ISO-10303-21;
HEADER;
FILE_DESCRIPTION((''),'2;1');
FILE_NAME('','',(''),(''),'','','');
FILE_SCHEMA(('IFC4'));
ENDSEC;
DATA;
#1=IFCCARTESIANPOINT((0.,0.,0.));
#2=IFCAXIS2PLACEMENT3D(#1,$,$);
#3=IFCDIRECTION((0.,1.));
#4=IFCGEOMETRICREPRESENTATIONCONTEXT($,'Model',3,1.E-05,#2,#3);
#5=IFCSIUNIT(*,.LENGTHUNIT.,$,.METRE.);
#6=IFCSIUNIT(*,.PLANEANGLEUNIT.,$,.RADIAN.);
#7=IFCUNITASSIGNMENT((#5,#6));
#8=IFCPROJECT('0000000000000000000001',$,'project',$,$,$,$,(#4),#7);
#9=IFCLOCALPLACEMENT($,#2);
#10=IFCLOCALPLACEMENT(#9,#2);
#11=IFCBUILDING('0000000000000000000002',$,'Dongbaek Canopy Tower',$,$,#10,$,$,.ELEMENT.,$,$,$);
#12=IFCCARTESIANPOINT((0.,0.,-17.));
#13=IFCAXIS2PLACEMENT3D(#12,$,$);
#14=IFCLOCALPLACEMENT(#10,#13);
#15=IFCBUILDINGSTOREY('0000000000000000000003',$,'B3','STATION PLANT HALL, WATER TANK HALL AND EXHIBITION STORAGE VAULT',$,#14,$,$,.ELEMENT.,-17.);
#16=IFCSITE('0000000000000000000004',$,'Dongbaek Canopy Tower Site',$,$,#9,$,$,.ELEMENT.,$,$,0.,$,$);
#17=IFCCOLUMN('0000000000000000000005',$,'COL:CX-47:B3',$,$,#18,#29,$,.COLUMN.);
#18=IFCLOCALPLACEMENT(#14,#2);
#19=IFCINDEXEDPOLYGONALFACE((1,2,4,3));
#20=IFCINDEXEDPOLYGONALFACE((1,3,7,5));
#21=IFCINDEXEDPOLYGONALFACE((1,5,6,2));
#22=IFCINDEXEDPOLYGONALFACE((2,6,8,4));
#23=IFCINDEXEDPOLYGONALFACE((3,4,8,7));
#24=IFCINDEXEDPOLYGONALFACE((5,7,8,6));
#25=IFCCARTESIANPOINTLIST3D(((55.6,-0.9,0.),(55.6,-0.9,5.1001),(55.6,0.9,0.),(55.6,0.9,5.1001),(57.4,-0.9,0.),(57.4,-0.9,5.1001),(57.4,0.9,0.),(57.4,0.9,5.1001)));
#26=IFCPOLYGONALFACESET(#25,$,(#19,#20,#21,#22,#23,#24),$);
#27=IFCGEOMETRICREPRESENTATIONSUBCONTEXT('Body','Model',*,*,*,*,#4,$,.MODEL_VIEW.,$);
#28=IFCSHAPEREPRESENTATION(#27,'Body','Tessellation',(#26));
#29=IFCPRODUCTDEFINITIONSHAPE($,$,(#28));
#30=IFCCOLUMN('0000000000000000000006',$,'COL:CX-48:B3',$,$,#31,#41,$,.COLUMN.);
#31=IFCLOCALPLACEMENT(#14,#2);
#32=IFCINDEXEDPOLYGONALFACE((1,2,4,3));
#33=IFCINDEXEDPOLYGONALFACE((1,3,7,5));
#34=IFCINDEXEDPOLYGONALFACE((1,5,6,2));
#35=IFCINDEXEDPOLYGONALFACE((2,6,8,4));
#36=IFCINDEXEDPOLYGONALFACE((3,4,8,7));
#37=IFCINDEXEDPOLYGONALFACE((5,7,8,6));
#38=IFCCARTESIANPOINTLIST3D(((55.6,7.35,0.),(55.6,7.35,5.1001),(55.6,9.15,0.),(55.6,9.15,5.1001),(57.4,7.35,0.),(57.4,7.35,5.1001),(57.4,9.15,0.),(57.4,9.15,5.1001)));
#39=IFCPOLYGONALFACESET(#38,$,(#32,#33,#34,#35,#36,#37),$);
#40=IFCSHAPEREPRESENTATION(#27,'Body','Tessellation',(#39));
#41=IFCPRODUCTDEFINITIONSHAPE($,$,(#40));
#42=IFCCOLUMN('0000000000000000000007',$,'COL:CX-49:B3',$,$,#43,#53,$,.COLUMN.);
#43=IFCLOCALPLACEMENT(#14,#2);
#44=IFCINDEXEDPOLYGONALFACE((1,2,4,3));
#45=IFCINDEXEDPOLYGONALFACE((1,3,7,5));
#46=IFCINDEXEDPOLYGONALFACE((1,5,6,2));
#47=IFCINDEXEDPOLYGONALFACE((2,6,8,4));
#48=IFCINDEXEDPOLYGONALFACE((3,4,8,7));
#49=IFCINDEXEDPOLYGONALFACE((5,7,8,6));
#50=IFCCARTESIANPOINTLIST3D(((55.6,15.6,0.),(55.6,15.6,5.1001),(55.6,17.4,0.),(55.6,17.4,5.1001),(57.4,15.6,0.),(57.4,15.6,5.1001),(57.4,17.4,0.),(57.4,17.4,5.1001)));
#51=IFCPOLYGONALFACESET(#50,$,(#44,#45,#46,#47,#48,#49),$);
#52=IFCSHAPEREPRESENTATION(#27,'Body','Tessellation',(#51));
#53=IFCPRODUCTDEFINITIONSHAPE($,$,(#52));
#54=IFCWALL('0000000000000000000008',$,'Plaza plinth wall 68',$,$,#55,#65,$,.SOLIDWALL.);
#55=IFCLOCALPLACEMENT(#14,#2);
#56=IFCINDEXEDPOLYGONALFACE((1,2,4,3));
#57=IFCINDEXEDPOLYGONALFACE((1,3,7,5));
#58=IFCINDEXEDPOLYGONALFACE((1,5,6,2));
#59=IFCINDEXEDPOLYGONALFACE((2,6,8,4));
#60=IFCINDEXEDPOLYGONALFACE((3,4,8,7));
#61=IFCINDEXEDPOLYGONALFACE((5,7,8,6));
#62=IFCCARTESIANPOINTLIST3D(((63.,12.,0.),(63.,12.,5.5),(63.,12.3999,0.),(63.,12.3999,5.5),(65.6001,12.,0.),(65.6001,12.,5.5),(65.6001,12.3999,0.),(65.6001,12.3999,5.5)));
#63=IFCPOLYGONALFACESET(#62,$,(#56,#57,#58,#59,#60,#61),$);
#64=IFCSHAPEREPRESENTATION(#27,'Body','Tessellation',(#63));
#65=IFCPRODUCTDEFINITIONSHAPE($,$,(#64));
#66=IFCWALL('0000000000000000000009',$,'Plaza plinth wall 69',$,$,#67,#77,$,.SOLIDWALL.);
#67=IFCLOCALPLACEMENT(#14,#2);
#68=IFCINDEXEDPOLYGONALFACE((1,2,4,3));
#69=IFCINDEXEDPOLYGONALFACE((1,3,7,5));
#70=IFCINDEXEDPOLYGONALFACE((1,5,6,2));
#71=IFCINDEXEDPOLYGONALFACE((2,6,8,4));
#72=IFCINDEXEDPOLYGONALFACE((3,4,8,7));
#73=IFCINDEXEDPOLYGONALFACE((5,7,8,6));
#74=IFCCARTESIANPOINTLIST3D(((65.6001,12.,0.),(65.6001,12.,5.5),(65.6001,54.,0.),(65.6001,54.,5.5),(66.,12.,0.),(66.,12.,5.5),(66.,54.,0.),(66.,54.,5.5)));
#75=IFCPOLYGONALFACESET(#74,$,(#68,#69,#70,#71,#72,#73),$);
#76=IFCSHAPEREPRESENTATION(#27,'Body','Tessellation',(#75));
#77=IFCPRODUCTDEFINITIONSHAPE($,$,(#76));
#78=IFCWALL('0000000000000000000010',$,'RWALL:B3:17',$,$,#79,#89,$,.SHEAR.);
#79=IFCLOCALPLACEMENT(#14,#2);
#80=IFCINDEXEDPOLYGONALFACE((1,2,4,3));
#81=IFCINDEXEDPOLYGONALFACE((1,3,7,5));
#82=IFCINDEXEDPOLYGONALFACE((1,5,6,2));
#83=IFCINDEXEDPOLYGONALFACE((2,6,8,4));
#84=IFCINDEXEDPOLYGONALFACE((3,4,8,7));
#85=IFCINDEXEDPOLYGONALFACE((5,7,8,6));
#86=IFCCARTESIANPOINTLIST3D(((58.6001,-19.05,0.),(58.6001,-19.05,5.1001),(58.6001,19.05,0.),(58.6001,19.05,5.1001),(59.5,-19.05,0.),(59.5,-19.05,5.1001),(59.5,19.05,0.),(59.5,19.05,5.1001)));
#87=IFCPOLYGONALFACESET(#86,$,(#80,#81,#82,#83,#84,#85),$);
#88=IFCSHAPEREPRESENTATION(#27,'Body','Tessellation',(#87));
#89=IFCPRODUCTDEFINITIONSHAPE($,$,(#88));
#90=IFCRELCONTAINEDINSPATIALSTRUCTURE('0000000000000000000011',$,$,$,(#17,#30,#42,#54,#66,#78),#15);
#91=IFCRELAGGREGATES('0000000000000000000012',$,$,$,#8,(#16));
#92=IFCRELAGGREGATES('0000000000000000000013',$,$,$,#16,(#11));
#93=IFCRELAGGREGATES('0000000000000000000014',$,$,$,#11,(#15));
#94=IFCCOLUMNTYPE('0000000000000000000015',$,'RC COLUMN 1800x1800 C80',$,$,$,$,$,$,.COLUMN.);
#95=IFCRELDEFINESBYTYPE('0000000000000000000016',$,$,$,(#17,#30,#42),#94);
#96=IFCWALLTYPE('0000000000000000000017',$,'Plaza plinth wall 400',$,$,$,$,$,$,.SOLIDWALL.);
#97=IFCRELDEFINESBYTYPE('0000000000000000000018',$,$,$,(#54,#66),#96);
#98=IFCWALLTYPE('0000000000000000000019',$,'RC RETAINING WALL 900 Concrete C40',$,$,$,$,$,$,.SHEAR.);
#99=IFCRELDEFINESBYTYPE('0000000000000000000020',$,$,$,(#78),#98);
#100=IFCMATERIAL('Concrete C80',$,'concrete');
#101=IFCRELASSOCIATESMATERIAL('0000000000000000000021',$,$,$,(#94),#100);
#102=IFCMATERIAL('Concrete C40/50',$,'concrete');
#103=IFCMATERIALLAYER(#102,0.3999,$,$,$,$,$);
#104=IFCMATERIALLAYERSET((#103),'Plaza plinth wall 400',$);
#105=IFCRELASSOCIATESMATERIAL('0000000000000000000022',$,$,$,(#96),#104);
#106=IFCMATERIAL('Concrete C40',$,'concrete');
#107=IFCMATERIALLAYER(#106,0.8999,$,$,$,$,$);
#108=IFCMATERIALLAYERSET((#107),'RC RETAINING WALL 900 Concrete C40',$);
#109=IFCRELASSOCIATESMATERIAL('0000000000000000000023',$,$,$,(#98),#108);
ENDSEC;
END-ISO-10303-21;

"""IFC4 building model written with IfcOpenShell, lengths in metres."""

from ifc_helpers import new_model, si_unit, direction, frame, frame_2d, origin, origin_2d, place, context, subcontext, project, spatial, rectangle, extrude, material, layer, layer_set, material_profile, profile_set, type_object, element, save


model = new_model("IFC4")

# Units and contexts
model_context = context("Model", 3, precision=1e-05, world=origin(), true_north=direction((0.0, 1.0)))
body_context = subcontext(model_context, "Body", "Model", "MODEL_VIEW")
ifc_project = project(units=[si_unit("LENGTHUNIT", "METRE"), si_unit("PLANEANGLEUNIT", "RADIAN")], contexts=[model_context])

# Site, building, storey
site_placement = place(None, origin())
site = spatial("IfcSite", under=ifc_project, at=site_placement, Name="Dongbaek Canopy Tower Site", CompositionType="ELEMENT", RefElevation=0.0)
building_placement = place(site_placement, origin())
building = spatial("IfcBuilding", under=site, at=building_placement, Name="Dongbaek Canopy Tower", CompositionType="ELEMENT")
storey_placement = place(building_placement, frame((0.0, 0.0, -17.0)))
storey = spatial("IfcBuildingStorey", under=building, at=storey_placement, Name="B3", Description="STATION PLANT HALL, WATER TANK HALL AND EXHIBITION STORAGE VAULT", CompositionType="ELEMENT", Elevation=-17.0)

# Columns
ifc_material_1 = material(Name="Concrete C80", Category="concrete")
ifc_material_profile_1 = material_profile(ifc_material_1, rectangle(XDim=1.8, YDim=1.8, at=origin_2d()), Name="RC COLUMN 1800x1800 C80")
ifc_profile_set_1 = profile_set([ifc_material_profile_1], Name="Concrete C80")
column_type = type_object("IfcColumnType", Name="RC COLUMN 1800x1800 C80", PredefinedType="COLUMN", material=ifc_profile_set_1)
for number, where, z_axis, x_axis, name in (
    (1, (56.5, 0.0, 0.0), (0.0, 0.0, 1.0), (1.0, 0.0, 0.0), "COL:CX-47:B3"),
    (2, (56.5, 8.25, 0.0), (0.0, 0.0, 1.0), (1.0, 0.0, 0.0), "COL:CX-48:B3"),
    (3, (56.5, 16.5, 0.0), (0.0, 0.0, 1.0), (1.0, 0.0, 0.0), "COL:CX-49:B3"),
):
    element("IfcColumn", number, at=place(storey_placement, frame(where, z_axis=z_axis, x_axis=x_axis)), inside=storey, type_object=column_type, Name=name, PredefinedType="COLUMN", context=body_context, shape_type="SweptSolid", body=[
        extrude(rectangle(XDim=1.8, YDim=1.8, at=origin_2d()), origin(), (0.0, 0.0, 1.0), 5.1001),
    ])

# Walls
ifc_material_2 = material(Name="Concrete C40/50", Category="concrete")
ifc_layer_1 = layer(ifc_material_2, 0.3999)
ifc_layer_set_1 = layer_set([ifc_layer_1], Name="Plaza plinth wall 400")
wall_type_1 = type_object("IfcWallType", Name="Plaza plinth wall 400", PredefinedType="SOLIDWALL", material=ifc_layer_set_1)
wall_1_placement = place(storey_placement, frame((63.0, 12.2, 0.0), z_axis=(0.0, 0.0, 1.0), x_axis=(1.0, 0.0, 0.0)))
element("IfcWall", 4, at=wall_1_placement, inside=storey, type_object=wall_type_1, Name="Plaza plinth wall 68", PredefinedType="SOLIDWALL", context=body_context, shape_type="SweptSolid", body=[
    extrude(rectangle(XDim=2.6001, YDim=0.3999, at=frame_2d((1.3, 0.0))), origin(), (0.0, 0.0, 1.0), 5.5),
])
wall_2_placement = place(storey_placement, frame((65.8, 12.0, 0.0), z_axis=(0.0, 0.0, 1.0), x_axis=(0.0, 1.0, 0.0)))
element("IfcWall", 5, at=wall_2_placement, inside=storey, type_object=wall_type_1, Name="Plaza plinth wall 69", PredefinedType="SOLIDWALL", context=body_context, shape_type="SweptSolid", body=[
    extrude(rectangle(XDim=42.0, YDim=0.3999, at=frame_2d((21.0, 0.0))), origin(), (0.0, 0.0, 1.0), 5.5),
])
ifc_material_3 = material(Name="Concrete C40", Category="concrete")
ifc_layer_2 = layer(ifc_material_3, 0.8999)
ifc_layer_set_2 = layer_set([ifc_layer_2], Name="RC RETAINING WALL 900 Concrete C40")
wall_type_2 = type_object("IfcWallType", Name="RC RETAINING WALL 900 Concrete C40", PredefinedType="SHEAR", material=ifc_layer_set_2)
wall_3_placement = place(storey_placement, frame((59.05, 19.05, 0.0), z_axis=(0.0, 0.0, 1.0), x_axis=(0.0, -1.0, 0.0)))
element("IfcWall", 6, at=wall_3_placement, inside=storey, type_object=wall_type_2, Name="RWALL:B3:17", PredefinedType="SHEAR", context=body_context, shape_type="SweptSolid", body=[
    extrude(rectangle(XDim=38.1001, YDim=0.8999, at=frame_2d((19.05, 0.0))), origin(), (0.0, 0.0, 1.0), 5.1001),
])

save(model, "model.ifc")
